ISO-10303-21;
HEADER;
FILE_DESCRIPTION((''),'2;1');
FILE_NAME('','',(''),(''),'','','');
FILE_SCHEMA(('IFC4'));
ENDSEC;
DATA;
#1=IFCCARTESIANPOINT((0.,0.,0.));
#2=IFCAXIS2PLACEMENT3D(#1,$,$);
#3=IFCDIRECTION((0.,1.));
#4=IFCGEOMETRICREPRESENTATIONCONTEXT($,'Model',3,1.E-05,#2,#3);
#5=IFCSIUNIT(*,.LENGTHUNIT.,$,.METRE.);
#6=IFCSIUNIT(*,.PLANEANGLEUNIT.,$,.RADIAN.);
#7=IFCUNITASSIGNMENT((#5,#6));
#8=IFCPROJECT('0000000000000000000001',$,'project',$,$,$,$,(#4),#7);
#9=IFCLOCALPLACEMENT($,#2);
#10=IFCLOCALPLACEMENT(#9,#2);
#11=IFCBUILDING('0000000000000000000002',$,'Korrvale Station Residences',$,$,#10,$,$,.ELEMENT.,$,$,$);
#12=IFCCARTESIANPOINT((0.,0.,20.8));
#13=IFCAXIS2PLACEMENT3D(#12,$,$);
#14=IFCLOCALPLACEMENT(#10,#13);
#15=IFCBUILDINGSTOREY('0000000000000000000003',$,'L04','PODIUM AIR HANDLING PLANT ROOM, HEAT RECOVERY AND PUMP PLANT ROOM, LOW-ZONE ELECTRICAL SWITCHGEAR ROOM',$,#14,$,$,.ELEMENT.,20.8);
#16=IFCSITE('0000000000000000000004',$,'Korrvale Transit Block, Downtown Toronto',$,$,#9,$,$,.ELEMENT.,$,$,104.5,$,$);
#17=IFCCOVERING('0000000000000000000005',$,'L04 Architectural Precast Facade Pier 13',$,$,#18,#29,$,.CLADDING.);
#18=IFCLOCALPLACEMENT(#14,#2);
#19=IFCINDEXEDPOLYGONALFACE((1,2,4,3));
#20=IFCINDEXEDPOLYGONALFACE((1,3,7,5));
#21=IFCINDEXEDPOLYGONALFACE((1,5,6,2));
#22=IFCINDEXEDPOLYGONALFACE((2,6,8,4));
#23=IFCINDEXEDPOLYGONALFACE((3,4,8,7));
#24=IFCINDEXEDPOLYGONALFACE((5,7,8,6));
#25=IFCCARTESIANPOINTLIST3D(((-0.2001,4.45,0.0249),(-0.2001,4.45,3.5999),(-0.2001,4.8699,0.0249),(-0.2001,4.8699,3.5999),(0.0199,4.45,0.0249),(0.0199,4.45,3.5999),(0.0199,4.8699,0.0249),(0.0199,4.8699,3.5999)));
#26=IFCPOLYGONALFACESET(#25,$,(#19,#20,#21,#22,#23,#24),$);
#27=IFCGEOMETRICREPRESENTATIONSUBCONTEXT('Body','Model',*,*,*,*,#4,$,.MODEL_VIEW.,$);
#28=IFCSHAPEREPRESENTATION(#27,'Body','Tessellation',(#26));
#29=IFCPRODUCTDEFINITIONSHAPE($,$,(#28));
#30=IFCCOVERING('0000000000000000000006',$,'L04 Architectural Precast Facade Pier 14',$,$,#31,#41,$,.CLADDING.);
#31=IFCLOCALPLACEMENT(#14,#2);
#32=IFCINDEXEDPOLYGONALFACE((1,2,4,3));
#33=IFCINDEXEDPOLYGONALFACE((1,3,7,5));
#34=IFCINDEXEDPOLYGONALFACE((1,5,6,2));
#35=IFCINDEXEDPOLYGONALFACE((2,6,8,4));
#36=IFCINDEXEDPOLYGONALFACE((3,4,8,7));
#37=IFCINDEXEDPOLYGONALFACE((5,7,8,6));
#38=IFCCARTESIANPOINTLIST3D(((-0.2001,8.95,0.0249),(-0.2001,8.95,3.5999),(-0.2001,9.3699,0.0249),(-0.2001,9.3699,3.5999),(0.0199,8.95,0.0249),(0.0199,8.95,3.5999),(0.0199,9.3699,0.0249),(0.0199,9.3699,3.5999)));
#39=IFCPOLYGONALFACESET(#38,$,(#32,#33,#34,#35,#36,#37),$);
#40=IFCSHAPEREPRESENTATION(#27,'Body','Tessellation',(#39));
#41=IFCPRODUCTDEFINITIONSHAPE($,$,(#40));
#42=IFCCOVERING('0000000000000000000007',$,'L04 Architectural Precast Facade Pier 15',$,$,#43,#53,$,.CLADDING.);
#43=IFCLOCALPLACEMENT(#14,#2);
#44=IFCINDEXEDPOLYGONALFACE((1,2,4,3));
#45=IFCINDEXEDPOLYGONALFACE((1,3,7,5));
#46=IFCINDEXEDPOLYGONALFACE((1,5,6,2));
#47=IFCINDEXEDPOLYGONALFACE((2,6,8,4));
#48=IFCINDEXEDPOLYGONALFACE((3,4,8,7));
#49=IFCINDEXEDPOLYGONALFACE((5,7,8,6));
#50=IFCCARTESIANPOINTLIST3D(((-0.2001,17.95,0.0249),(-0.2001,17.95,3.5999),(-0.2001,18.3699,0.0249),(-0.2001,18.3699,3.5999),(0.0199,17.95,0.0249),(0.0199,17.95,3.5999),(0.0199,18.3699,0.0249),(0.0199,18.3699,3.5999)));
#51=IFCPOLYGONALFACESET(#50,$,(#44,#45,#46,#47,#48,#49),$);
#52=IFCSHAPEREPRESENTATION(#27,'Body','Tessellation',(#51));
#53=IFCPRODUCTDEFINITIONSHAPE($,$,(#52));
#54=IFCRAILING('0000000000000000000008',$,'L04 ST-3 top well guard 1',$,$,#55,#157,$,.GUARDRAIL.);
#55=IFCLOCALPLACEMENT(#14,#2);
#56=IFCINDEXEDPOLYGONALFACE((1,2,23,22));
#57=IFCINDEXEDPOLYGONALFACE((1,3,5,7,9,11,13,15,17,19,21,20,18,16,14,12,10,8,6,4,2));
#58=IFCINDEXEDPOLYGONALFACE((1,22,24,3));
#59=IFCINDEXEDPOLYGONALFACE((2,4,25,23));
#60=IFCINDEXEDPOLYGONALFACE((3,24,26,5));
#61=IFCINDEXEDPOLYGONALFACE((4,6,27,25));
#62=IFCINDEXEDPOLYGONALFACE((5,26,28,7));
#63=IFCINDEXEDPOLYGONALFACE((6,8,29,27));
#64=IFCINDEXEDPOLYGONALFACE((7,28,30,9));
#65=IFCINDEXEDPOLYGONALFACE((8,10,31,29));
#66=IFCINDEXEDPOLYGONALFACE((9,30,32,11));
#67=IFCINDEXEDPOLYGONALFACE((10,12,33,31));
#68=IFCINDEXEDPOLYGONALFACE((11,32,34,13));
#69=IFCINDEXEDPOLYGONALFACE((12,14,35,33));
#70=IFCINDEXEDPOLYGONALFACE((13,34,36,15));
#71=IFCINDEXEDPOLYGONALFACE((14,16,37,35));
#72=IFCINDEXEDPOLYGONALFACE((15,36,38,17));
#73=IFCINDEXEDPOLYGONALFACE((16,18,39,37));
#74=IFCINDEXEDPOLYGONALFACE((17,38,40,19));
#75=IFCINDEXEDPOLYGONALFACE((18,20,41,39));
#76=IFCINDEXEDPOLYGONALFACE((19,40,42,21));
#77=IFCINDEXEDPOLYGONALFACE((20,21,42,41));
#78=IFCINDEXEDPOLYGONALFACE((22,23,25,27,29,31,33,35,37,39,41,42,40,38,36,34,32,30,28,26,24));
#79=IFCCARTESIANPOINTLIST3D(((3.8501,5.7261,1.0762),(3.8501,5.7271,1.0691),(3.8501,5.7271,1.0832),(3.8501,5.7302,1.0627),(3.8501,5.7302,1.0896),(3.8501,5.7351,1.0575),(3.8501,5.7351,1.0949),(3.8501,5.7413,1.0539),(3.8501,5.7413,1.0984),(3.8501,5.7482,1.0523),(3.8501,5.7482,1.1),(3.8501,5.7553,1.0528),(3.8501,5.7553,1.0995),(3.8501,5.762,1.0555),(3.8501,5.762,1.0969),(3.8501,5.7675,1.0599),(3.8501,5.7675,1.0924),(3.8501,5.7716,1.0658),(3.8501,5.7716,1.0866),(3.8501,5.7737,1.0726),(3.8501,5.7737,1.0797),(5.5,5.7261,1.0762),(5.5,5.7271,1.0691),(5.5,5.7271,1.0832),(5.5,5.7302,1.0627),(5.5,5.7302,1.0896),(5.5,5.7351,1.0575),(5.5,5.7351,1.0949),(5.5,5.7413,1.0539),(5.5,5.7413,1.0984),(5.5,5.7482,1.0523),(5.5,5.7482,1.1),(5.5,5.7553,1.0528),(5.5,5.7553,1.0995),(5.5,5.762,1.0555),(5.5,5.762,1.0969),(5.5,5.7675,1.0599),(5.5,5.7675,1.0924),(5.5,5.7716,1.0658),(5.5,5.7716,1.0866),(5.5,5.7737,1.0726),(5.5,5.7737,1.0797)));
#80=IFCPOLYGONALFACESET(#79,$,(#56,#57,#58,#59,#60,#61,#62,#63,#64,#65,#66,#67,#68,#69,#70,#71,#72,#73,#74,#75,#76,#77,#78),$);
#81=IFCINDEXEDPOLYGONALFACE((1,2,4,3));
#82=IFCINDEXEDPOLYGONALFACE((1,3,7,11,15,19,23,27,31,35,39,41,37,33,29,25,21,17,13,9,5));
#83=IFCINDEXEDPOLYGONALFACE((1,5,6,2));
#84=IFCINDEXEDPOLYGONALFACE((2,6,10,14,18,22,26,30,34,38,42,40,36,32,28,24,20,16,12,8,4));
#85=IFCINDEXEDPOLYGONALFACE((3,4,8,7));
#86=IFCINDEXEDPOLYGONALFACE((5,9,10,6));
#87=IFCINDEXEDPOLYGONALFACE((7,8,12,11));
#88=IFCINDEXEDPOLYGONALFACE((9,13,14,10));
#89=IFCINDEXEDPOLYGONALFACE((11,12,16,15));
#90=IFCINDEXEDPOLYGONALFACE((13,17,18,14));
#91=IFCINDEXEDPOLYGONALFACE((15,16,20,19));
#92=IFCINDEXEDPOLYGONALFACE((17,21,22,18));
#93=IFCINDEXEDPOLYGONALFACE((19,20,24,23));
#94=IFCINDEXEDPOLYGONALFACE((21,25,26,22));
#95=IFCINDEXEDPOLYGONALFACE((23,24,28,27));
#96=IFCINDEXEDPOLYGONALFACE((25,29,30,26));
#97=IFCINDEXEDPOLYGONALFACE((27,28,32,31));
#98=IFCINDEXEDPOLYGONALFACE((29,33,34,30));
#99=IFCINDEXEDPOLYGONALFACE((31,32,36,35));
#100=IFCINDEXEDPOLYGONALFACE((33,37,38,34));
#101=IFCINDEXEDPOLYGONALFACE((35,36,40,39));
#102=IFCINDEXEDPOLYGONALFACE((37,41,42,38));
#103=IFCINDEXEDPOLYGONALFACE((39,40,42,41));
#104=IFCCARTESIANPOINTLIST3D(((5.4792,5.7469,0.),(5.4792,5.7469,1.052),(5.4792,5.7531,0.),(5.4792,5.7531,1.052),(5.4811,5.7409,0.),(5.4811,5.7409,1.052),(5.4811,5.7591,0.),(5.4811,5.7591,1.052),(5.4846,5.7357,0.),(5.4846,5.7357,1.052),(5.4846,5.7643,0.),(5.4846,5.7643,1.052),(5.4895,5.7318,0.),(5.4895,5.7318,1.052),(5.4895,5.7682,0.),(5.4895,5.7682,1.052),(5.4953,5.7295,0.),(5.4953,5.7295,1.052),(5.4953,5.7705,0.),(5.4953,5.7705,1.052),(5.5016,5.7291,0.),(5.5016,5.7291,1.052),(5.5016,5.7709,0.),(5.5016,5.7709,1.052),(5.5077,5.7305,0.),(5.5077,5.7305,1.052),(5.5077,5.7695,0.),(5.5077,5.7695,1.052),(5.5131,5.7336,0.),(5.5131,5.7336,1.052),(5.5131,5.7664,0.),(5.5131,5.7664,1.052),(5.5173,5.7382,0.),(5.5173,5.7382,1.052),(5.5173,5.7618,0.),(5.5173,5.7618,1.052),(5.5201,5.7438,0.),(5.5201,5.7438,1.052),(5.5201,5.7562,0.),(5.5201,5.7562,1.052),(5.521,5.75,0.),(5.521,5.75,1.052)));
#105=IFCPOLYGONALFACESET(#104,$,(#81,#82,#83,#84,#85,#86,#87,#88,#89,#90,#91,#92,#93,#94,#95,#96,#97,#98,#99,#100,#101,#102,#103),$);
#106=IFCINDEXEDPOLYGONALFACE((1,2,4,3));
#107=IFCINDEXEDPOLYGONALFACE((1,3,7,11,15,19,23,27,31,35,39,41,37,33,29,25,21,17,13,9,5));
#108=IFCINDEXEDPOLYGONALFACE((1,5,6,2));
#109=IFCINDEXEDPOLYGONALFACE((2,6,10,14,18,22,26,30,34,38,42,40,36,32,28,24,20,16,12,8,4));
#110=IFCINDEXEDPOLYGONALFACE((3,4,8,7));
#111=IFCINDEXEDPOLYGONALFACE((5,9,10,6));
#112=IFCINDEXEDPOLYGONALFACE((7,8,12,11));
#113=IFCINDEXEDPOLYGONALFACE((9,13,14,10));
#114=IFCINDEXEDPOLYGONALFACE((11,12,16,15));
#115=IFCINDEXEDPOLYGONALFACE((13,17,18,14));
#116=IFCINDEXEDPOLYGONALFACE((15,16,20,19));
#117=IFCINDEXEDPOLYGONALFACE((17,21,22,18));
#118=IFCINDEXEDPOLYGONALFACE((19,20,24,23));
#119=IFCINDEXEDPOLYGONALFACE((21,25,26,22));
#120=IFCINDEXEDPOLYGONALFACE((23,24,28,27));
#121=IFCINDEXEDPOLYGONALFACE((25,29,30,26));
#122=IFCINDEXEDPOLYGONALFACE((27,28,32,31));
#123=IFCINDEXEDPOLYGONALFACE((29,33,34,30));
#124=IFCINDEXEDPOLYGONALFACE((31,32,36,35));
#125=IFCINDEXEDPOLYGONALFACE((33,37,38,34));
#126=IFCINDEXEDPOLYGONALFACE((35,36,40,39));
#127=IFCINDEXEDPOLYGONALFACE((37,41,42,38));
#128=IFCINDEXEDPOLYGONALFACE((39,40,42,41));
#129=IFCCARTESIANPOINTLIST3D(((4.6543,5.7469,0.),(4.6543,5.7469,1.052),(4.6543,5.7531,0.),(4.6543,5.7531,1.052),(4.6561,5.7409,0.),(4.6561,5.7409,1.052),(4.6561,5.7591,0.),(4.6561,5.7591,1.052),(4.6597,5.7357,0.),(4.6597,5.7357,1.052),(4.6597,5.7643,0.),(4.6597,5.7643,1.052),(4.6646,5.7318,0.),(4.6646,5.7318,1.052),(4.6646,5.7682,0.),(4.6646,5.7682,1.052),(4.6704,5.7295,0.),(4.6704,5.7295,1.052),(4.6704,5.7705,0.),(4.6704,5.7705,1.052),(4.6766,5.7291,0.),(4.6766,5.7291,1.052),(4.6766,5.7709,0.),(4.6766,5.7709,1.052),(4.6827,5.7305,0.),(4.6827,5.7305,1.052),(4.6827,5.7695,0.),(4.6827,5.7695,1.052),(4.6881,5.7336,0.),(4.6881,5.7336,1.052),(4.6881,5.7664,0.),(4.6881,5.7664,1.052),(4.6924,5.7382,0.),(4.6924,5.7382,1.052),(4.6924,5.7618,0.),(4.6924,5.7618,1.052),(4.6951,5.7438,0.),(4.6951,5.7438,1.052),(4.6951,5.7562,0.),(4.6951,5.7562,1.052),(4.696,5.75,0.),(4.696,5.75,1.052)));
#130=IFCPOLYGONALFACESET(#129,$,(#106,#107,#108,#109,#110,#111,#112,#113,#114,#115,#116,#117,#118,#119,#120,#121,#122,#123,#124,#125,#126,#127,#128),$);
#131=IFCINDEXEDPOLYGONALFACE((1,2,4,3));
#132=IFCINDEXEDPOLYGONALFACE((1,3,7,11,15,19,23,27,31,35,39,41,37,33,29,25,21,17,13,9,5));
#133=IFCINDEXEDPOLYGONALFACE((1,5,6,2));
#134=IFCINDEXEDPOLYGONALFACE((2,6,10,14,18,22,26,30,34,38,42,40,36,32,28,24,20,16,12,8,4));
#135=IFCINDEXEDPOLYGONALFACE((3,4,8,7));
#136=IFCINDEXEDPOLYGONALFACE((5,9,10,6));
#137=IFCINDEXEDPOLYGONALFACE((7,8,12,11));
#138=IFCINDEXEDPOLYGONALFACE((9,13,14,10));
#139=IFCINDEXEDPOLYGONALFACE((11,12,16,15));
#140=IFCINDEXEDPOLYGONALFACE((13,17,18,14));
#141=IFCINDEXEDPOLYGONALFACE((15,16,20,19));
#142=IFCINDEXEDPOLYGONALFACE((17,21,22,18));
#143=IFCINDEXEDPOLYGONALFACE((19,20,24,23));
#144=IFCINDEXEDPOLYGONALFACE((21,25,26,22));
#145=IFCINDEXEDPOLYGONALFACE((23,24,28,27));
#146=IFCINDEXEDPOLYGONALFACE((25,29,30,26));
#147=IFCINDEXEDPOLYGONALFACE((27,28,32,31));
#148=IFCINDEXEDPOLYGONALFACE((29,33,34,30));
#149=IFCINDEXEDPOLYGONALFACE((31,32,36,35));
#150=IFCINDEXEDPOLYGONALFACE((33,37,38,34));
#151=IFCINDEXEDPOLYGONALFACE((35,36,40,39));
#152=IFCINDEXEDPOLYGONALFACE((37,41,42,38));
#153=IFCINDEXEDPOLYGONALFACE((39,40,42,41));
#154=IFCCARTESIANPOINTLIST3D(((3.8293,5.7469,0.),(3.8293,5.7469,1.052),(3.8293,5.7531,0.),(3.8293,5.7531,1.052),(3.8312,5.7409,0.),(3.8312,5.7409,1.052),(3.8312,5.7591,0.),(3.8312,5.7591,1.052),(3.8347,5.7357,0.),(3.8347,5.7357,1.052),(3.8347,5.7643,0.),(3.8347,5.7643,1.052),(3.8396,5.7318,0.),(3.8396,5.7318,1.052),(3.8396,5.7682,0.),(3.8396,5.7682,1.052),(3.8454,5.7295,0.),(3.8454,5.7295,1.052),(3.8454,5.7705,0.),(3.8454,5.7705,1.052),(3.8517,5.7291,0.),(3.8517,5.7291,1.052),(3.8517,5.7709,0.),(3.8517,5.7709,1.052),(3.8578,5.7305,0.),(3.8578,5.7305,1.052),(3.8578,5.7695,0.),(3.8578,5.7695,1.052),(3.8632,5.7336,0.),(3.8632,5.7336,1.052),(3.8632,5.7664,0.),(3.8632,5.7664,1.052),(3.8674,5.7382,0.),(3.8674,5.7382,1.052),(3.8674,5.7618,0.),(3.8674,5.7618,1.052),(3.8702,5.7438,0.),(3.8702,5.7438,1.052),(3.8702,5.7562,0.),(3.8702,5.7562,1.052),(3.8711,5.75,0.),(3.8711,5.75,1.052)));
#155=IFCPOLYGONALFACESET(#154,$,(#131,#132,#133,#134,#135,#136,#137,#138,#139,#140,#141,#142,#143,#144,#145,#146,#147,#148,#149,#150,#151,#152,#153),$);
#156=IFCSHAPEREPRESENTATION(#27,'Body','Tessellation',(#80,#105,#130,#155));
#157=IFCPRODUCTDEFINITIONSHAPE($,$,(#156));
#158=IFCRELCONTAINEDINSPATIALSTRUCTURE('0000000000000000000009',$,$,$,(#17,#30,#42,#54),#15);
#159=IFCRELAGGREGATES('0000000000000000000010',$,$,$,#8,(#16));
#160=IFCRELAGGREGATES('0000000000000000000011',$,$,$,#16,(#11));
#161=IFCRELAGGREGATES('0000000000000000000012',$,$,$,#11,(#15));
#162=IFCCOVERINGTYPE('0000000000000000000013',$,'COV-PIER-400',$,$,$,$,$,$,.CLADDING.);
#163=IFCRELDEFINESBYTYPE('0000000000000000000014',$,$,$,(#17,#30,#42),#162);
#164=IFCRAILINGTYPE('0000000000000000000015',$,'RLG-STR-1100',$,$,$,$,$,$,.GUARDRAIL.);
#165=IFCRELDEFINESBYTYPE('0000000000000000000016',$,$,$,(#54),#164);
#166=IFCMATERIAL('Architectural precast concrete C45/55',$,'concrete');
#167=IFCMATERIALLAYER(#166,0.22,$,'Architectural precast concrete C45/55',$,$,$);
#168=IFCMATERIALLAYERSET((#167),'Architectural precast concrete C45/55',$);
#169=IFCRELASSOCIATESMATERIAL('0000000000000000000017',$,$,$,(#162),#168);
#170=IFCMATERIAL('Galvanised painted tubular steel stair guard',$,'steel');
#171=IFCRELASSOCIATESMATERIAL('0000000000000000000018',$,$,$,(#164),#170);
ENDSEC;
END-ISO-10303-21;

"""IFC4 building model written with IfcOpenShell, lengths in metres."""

from ifc_helpers import new_model, si_unit, direction, frame, origin, origin_2d, place, context, subcontext, project, spatial, rectangle, circle, extrude, material, layer, layer_set, type_object, element, save


model = new_model("IFC4")

# Units and contexts
model_context = context("Model", 3, precision=1e-05, world=origin(), true_north=direction((0.0, 1.0)))
body_context = subcontext(model_context, "Body", "Model", "MODEL_VIEW")
ifc_project = project(units=[si_unit("LENGTHUNIT", "METRE"), si_unit("PLANEANGLEUNIT", "RADIAN")], contexts=[model_context])

# Site, building, storey
site_placement = place(None, origin())
site = spatial("IfcSite", under=ifc_project, at=site_placement, Name="Korrvale Transit Block, Downtown Toronto", CompositionType="ELEMENT", RefElevation=104.5)
building_placement = place(site_placement, origin())
building = spatial("IfcBuilding", under=site, at=building_placement, Name="Korrvale Station Residences", CompositionType="ELEMENT")
storey_placement = place(building_placement, frame((0.0, 0.0, 20.8)))
storey = spatial("IfcBuildingStorey", under=building, at=storey_placement, Name="L04", Description="PODIUM AIR HANDLING PLANT ROOM, HEAT RECOVERY AND PUMP PLANT ROOM, LOW-ZONE ELECTRICAL SWITCHGEAR ROOM", CompositionType="ELEMENT", Elevation=20.8)

# Coverings
ifc_material_1 = material(Name="Architectural precast concrete C45/55", Category="concrete")
ifc_layer_1 = layer(ifc_material_1, 0.22, Name="Architectural precast concrete C45/55")
ifc_layer_set_1 = layer_set([ifc_layer_1], Name="Architectural precast concrete C45/55")
covering_type = type_object("IfcCoveringType", Name="COV-PIER-400", PredefinedType="CLADDING", material=ifc_layer_set_1)
for number, where, z_axis, x_axis, name in (
    (1, (-0.0901, 4.6599, 0.0249), (0.0, 0.0, 1.0), (0.0, 1.0, 0.0), "L04 Architectural Precast Facade Pier 13"),
    (2, (-0.0901, 9.1599, 0.0249), (0.0, 0.0, 1.0), (0.0, 1.0, 0.0), "L04 Architectural Precast Facade Pier 14"),
    (3, (-0.0901, 18.1599, 0.0249), (0.0, 0.0, 1.0), (0.0, 1.0, 0.0), "L04 Architectural Precast Facade Pier 15"),
):
    element("IfcCovering", number, at=place(storey_placement, frame(where, z_axis=z_axis, x_axis=x_axis)), inside=storey, type_object=covering_type, Name=name, PredefinedType="CLADDING", context=body_context, shape_type="SweptSolid", body=[
        extrude(rectangle(XDim=0.4199, YDim=0.22, at=origin_2d()), origin(), (0.0, 0.0, 1.0), 3.575),
    ])

# Railing
ifc_material_2 = material(Name="Galvanised painted tubular steel stair guard", Category="steel")
railing_type = type_object("IfcRailingType", Name="RLG-STR-1100", PredefinedType="GUARDRAIL", material=ifc_material_2)
railing_placement = place(storey_placement, frame((5.5, 5.75, 0.0)))
element("IfcRailing", 4, at=railing_placement, inside=storey, type_object=railing_type, Name="L04 ST-3 top well guard 1", PredefinedType="GUARDRAIL", context=body_context, shape_type="SweptSolid", body=[
    extrude(circle(Radius=0.0239, at=origin_2d()), frame((0.0, 0.0, 1.0762), z_axis=(-1.0, 0.0, 0.0), x_axis=(0.0, -1.0, 0.0)), (0.0, 0.0, 1.0), 1.6499),
    extrude(circle(Radius=0.021, at=origin_2d()), origin(), (0.0, 0.0, 1.0), 1.052),
    extrude(circle(Radius=0.021, at=origin_2d()), frame((-0.825, 0.0, 0.0)), (0.0, 0.0, 1.0), 1.052),
    extrude(circle(Radius=0.021, at=origin_2d()), frame((-1.6499, 0.0, 0.0)), (0.0, 0.0, 1.0), 1.052),
])

save(model, "model.ifc")
